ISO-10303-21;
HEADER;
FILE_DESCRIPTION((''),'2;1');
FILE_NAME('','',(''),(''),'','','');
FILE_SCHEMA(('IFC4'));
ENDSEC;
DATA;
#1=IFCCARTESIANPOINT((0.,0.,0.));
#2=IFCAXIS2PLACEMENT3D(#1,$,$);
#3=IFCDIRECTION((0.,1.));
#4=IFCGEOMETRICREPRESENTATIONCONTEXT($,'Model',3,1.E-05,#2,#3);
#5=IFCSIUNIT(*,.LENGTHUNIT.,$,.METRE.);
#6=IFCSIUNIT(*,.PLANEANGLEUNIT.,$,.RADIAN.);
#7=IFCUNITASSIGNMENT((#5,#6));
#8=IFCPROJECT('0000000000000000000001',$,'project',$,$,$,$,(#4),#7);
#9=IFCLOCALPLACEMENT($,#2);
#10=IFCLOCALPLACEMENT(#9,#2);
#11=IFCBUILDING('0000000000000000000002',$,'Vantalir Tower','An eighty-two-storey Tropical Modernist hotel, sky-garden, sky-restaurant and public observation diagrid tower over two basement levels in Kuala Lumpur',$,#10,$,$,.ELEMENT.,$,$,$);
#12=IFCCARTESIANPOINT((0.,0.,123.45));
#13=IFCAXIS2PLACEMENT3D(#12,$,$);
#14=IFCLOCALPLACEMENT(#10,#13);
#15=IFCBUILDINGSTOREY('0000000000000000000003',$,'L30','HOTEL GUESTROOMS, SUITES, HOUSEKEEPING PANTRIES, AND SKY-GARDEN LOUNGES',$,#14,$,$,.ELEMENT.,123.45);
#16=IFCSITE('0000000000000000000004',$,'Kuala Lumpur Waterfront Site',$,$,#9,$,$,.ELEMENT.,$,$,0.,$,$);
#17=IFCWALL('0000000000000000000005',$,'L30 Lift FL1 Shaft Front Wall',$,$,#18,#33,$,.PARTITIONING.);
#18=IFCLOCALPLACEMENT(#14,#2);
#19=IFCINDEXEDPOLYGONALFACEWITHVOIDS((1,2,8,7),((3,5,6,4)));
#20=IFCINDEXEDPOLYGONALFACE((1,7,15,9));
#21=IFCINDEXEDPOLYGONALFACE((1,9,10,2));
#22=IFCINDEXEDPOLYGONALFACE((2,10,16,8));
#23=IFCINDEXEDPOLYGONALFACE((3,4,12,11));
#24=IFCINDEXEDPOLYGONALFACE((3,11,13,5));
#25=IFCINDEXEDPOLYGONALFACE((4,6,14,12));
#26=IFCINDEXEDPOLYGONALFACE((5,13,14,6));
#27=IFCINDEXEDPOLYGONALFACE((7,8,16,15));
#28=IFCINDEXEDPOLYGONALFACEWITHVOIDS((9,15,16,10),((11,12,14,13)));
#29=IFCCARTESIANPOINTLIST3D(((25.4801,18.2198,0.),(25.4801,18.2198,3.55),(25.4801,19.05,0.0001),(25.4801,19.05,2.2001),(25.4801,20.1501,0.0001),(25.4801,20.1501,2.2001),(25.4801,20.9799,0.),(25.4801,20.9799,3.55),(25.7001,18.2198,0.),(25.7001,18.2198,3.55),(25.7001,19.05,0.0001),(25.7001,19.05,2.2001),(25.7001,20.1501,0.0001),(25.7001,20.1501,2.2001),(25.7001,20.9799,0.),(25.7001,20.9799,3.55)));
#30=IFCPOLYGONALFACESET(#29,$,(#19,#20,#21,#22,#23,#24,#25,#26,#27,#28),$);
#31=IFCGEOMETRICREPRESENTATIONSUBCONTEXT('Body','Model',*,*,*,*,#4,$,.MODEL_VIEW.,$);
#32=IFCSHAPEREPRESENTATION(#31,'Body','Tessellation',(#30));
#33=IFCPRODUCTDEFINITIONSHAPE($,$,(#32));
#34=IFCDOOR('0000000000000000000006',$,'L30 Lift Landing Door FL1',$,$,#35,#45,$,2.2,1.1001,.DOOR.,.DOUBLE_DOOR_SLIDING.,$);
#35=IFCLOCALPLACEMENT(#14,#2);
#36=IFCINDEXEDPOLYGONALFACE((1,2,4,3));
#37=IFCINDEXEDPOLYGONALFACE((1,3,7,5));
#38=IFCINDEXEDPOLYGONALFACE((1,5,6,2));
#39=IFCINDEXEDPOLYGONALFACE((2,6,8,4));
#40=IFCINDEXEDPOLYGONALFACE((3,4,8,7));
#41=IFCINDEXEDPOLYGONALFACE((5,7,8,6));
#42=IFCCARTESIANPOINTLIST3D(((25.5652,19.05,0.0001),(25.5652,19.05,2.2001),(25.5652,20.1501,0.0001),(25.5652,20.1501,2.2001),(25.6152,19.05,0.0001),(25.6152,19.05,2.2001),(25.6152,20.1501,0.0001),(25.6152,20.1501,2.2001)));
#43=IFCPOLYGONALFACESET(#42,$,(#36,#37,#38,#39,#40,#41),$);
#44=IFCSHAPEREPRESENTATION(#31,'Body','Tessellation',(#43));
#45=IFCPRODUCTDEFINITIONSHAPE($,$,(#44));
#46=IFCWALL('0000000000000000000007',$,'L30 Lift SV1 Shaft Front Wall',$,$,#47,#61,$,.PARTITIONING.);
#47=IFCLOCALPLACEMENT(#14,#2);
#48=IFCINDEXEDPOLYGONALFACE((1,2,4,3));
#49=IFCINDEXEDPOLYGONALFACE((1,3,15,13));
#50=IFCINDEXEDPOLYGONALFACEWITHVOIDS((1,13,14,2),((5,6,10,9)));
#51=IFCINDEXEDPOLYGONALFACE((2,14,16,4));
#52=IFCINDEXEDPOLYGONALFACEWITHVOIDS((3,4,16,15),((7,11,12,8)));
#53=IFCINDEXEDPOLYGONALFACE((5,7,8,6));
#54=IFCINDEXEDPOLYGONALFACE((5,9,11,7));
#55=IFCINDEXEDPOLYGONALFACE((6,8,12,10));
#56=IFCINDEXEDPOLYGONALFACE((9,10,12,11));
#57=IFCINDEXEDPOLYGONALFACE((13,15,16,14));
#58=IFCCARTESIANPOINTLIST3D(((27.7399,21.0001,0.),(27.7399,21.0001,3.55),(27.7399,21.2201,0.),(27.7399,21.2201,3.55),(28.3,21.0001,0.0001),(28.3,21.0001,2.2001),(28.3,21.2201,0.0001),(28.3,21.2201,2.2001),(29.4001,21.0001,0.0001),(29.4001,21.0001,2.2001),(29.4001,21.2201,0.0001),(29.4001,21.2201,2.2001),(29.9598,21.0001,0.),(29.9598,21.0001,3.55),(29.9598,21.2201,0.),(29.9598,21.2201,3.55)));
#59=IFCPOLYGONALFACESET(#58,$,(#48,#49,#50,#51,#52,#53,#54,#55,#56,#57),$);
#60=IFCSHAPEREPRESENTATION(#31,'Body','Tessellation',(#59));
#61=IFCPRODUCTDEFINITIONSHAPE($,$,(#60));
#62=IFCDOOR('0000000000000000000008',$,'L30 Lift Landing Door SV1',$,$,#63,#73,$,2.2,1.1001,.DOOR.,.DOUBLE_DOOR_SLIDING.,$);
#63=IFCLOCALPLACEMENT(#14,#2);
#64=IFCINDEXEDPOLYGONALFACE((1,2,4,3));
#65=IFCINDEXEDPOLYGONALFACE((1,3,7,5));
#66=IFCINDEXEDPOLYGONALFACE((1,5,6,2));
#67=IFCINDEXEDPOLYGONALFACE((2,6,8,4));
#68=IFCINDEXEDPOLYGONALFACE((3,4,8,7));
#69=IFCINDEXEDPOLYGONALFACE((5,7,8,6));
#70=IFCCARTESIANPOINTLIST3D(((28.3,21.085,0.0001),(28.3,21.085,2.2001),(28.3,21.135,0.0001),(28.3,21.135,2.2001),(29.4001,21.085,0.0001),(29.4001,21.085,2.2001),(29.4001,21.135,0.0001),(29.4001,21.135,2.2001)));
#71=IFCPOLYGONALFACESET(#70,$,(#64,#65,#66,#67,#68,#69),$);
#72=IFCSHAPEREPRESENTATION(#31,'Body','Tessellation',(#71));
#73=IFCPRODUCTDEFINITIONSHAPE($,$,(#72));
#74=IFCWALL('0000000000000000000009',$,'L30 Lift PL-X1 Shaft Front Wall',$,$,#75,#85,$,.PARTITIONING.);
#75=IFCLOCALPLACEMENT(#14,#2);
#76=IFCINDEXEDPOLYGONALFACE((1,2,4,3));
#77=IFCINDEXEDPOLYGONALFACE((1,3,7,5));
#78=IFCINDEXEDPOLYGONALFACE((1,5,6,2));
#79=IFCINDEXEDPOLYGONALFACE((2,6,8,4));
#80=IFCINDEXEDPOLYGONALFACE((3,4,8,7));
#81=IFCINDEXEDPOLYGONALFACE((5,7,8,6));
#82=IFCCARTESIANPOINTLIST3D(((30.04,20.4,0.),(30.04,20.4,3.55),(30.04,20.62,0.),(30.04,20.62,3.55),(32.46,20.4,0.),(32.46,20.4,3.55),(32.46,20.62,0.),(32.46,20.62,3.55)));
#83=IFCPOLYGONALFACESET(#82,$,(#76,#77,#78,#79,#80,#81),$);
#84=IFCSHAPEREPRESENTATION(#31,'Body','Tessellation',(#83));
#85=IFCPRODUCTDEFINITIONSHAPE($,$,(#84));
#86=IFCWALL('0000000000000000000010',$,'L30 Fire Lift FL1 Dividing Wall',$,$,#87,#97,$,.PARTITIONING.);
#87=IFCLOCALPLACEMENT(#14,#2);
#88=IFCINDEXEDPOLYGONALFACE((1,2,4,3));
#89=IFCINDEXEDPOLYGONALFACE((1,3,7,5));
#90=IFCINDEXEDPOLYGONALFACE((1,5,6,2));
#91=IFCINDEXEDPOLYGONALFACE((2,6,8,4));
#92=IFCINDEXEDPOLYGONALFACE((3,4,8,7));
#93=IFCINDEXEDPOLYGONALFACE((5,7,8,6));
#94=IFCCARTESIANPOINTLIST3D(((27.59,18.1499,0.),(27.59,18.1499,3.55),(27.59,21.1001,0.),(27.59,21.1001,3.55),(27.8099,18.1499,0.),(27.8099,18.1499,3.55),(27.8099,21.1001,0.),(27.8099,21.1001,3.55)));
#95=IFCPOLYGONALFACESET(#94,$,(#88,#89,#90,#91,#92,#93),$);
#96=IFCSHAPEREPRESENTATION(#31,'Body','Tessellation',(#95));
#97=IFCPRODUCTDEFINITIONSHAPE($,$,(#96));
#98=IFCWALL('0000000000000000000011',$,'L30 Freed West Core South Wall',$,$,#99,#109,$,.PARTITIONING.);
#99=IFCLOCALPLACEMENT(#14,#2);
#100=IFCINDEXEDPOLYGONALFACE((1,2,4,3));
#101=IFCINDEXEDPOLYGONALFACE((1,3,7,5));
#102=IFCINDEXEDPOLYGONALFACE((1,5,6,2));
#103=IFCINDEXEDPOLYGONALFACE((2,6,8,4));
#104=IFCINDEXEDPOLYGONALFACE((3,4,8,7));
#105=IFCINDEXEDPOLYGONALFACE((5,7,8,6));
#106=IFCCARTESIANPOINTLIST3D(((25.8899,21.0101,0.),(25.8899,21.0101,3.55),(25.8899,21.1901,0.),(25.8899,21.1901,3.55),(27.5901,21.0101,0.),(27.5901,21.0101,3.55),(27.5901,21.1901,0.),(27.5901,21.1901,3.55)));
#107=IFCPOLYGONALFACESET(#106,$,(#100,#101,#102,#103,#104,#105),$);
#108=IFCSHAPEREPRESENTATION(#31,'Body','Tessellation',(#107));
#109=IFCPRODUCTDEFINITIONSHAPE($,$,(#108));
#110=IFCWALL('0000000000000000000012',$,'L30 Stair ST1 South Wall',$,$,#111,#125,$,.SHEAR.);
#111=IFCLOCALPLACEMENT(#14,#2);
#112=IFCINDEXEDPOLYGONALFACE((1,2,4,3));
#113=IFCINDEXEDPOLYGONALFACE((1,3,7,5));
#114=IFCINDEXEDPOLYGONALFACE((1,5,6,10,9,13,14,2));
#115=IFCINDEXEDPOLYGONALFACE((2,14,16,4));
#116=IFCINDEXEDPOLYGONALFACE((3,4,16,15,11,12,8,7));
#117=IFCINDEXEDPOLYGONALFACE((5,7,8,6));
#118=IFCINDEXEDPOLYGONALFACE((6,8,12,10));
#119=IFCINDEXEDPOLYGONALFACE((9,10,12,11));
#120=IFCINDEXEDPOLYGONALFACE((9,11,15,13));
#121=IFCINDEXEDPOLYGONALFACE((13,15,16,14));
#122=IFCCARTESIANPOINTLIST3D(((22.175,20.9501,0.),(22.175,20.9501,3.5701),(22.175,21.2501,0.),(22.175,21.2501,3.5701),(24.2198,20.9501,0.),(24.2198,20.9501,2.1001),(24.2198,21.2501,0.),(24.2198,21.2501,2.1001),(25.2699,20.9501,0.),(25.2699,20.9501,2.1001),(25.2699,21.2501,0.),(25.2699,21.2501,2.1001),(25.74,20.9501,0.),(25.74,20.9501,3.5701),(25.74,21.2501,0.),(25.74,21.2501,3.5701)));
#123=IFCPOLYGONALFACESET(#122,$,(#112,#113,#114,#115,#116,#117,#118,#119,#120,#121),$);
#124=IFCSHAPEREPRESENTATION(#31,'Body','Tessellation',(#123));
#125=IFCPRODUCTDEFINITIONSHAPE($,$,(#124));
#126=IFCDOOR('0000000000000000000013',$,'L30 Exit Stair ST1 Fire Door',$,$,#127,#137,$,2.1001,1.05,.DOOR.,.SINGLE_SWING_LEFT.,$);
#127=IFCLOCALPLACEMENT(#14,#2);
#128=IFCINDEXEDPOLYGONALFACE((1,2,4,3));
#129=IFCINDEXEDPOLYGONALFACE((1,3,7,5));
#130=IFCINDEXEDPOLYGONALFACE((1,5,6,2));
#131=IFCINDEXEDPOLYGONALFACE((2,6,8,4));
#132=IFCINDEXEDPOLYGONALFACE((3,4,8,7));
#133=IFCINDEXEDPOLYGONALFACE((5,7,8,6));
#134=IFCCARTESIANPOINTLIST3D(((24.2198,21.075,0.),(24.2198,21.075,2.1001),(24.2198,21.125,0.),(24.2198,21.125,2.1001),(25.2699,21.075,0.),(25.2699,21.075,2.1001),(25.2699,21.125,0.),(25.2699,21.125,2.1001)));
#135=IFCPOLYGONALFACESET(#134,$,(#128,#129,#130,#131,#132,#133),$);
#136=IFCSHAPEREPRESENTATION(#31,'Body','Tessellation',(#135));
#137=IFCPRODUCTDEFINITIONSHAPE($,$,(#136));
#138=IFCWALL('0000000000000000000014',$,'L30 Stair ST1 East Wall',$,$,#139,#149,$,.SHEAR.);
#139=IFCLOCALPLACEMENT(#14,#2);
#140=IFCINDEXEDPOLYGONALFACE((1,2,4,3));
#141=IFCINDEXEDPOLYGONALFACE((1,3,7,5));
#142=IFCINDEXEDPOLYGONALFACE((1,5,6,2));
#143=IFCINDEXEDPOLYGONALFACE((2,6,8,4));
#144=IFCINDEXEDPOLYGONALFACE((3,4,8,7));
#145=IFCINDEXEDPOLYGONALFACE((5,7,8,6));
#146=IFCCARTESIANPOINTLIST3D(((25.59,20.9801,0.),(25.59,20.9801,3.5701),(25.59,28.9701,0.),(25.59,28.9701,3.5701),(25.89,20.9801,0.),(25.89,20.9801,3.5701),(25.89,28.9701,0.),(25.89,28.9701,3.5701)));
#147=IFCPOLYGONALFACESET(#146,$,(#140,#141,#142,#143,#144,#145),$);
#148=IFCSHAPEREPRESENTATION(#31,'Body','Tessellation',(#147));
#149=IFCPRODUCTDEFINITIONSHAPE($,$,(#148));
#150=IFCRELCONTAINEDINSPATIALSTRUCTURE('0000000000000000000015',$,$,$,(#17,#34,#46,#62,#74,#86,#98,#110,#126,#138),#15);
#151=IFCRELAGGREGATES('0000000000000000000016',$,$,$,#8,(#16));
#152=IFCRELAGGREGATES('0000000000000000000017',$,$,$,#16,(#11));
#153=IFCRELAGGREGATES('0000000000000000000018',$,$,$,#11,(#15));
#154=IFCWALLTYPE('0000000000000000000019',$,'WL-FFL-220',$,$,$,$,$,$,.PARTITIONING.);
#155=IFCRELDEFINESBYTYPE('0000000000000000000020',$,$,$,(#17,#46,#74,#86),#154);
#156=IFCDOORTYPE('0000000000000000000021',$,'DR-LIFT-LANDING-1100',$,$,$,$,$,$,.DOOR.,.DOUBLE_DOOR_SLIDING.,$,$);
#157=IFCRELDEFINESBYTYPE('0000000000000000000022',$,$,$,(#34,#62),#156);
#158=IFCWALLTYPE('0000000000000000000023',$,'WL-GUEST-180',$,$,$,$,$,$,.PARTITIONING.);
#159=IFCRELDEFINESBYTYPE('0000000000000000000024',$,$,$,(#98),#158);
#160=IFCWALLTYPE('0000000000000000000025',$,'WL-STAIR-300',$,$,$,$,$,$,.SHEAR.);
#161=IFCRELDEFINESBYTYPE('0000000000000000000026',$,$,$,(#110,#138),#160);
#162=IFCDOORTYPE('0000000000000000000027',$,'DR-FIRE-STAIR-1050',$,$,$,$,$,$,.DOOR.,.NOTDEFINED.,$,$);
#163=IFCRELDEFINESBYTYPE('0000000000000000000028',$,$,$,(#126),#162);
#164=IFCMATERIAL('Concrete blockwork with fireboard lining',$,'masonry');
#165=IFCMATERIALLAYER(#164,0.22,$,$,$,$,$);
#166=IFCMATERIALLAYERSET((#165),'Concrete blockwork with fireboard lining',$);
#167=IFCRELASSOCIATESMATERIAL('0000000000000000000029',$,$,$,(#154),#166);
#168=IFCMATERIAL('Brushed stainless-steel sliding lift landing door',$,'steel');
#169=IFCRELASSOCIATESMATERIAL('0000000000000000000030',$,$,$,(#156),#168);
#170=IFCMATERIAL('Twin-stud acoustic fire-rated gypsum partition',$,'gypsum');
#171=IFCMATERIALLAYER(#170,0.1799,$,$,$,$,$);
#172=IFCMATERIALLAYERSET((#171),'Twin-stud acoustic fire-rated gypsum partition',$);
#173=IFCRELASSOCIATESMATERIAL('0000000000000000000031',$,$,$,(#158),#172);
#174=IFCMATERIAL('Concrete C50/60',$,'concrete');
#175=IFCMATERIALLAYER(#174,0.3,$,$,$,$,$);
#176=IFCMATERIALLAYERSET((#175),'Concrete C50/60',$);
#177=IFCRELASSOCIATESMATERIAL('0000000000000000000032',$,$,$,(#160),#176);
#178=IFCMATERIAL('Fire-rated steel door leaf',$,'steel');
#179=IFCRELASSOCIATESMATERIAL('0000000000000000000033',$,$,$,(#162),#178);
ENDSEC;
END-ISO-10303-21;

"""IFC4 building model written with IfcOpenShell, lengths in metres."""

from ifc_helpers import new_model, si_unit, direction, frame, frame_2d, origin, place, context, subcontext, project, spatial, rectangle, extrude, material, layer, layer_set, type_object, element, fill, save


model = new_model("IFC4")

# Units and contexts
model_context = context("Model", 3, precision=1e-05, world=origin(), true_north=direction((0.0, 1.0)))
body_context = subcontext(model_context, "Body", "Model", "MODEL_VIEW")
ifc_project = project(units=[si_unit("LENGTHUNIT", "METRE"), si_unit("PLANEANGLEUNIT", "RADIAN")], contexts=[model_context])

# Site, building, storey
site_placement = place(None, origin())
site = spatial("IfcSite", under=ifc_project, at=site_placement, Name="Kuala Lumpur Waterfront Site", CompositionType="ELEMENT", RefElevation=0.0)
building_placement = place(site_placement, origin())
building = spatial("IfcBuilding", under=site, at=building_placement, Name="Vantalir Tower", Description="An eighty-two-storey Tropical Modernist hotel, sky-garden, sky-restaurant and public observation diagrid tower over two basement levels in Kuala Lumpur", CompositionType="ELEMENT")
storey_placement = place(building_placement, frame((0.0, 0.0, 123.45)))
storey = spatial("IfcBuildingStorey", under=building, at=storey_placement, Name="L30", Description="HOTEL GUESTROOMS, SUITES, HOUSEKEEPING PANTRIES, AND SKY-GARDEN LOUNGES", CompositionType="ELEMENT", Elevation=123.45)

# Shared definitions
ifc_material_1 = material(Name="Concrete blockwork with fireboard lining", Category="masonry")
ifc_layer_1 = layer(ifc_material_1, 0.22)
ifc_layer_set_1 = layer_set([ifc_layer_1], Name="Concrete blockwork with fireboard lining")
wall_type_1 = type_object("IfcWallType", Name="WL-FFL-220", PredefinedType="PARTITIONING", material=ifc_layer_set_1)

# Walls, openings, doors
wall_1_placement = place(storey_placement, frame((25.5901, 18.22, 0.0), z_axis=(0.0, 0.0, 1.0), x_axis=(0.0, 1.0, 0.0)))
wall_1 = element("IfcWall", 1, at=wall_1_placement, inside=storey, type_object=wall_type_1, Name="L30 Lift FL1 Shaft Front Wall", PredefinedType="PARTITIONING", context=body_context, shape_type="SweptSolid", body=[
    extrude(rectangle(XDim=2.76, YDim=0.22, at=frame_2d((1.3799, 0.0))), origin(), (0.0, 0.0, 1.0), 3.55),
])
opening_1_placement = place(wall_1_placement, frame((0.8301, 0.0, 0.0)))
opening_1 = element("IfcOpeningElement", 2, at=opening_1_placement, cuts=wall_1, PredefinedType="OPENING", context=body_context, shape_type="SweptSolid", body=[
    extrude(rectangle(XDim=1.1001, YDim=2.2, at=frame_2d((0.55, 1.1001))), frame((0.0, 0.1199, 0.0), z_axis=(0.0, -1.0, 0.0), x_axis=(1.0, 0.0, 0.0)), (0.0, 0.0, 1.0), 0.24),
])
ifc_material_2 = material(Name="Brushed stainless-steel sliding lift landing door", Category="steel")
door_type_1 = type_object("IfcDoorType", Name="DR-LIFT-LANDING-1100", OperationType="DOUBLE_DOOR_SLIDING", PredefinedType="DOOR", material=ifc_material_2)
door_1_placement = place(opening_1_placement, origin())
door_1 = element("IfcDoor", 3, at=door_1_placement, inside=storey, type_object=door_type_1, Name="L30 Lift Landing Door FL1", OperationType="DOUBLE_DOOR_SLIDING", OverallHeight=2.2, OverallWidth=1.1001, PredefinedType="DOOR", context=body_context, shape_type="SweptSolid", body=[
    extrude(rectangle(XDim=1.1001, YDim=2.2, at=frame_2d((0.55, 1.1001))), frame((0.0, 0.0249, 0.0), z_axis=(0.0, -1.0, 0.0), x_axis=(1.0, 0.0, 0.0)), (0.0, 0.0, 1.0), 0.05),
])
fill(opening_1, door_1)
wall_2_placement = place(storey_placement, frame((27.74, 21.1101, 0.0), z_axis=(0.0, 0.0, 1.0), x_axis=(1.0, 0.0, 0.0)))
wall_2 = element("IfcWall", 4, at=wall_2_placement, inside=storey, type_object=wall_type_1, Name="L30 Lift SV1 Shaft Front Wall", PredefinedType="PARTITIONING", context=body_context, shape_type="SweptSolid", body=[
    extrude(rectangle(XDim=2.22, YDim=0.22, at=frame_2d((1.1099, 0.0))), origin(), (0.0, 0.0, 1.0), 3.55),
])
opening_2_placement = place(wall_2_placement, frame((0.5601, 0.0, 0.0)))
opening_2 = element("IfcOpeningElement", 5, at=opening_2_placement, cuts=wall_2, PredefinedType="OPENING", context=body_context, shape_type="SweptSolid", body=[
    extrude(rectangle(XDim=1.1001, YDim=2.2, at=frame_2d((0.55, 1.1001))), frame((0.0, 0.1199, 0.0), z_axis=(0.0, -1.0, 0.0), x_axis=(1.0, 0.0, 0.0)), (0.0, 0.0, 1.0), 0.24),
])
door_2_placement = place(opening_2_placement, origin())
door_2 = element("IfcDoor", 6, at=door_2_placement, inside=storey, type_object=door_type_1, Name="L30 Lift Landing Door SV1", OperationType="DOUBLE_DOOR_SLIDING", OverallHeight=2.2, OverallWidth=1.1001, PredefinedType="DOOR", context=body_context, shape_type="SweptSolid", body=[
    extrude(rectangle(XDim=1.1001, YDim=2.2, at=frame_2d((0.55, 1.1001))), frame((0.0, 0.0249, 0.0), z_axis=(0.0, -1.0, 0.0), x_axis=(1.0, 0.0, 0.0)), (0.0, 0.0, 1.0), 0.05),
])
fill(opening_2, door_2)

# Walls
wall_3_placement = place(storey_placement, frame((30.04, 20.51, 0.0), z_axis=(0.0, 0.0, 1.0), x_axis=(1.0, 0.0, 0.0)))
element("IfcWall", 7, at=wall_3_placement, inside=storey, type_object=wall_type_1, Name="L30 Lift PL-X1 Shaft Front Wall", PredefinedType="PARTITIONING", context=body_context, shape_type="SweptSolid", body=[
    extrude(rectangle(XDim=2.4199, YDim=0.22, at=frame_2d((1.21, 0.0))), origin(), (0.0, 0.0, 1.0), 3.55),
])
wall_4_placement = place(storey_placement, frame((27.7, 18.1499, 0.0), z_axis=(0.0, 0.0, 1.0), x_axis=(0.0, 1.0, 0.0)))
element("IfcWall", 8, at=wall_4_placement, inside=storey, type_object=wall_type_1, Name="L30 Fire Lift FL1 Dividing Wall", PredefinedType="PARTITIONING", context=body_context, shape_type="SweptSolid", body=[
    extrude(rectangle(XDim=2.9502, YDim=0.22, at=frame_2d((1.4751, 0.0))), origin(), (0.0, 0.0, 1.0), 3.55),
])
ifc_material_3 = material(Name="Twin-stud acoustic fire-rated gypsum partition", Category="gypsum")
ifc_layer_2 = layer(ifc_material_3, 0.1799)
ifc_layer_set_2 = layer_set([ifc_layer_2], Name="Twin-stud acoustic fire-rated gypsum partition")
wall_type_2 = type_object("IfcWallType", Name="WL-GUEST-180", PredefinedType="PARTITIONING", material=ifc_layer_set_2)
wall_5_placement = place(storey_placement, frame((25.8899, 21.1001, 0.0), z_axis=(0.0, 0.0, 1.0), x_axis=(1.0, 0.0, 0.0)))
element("IfcWall", 9, at=wall_5_placement, inside=storey, type_object=wall_type_2, Name="L30 Freed West Core South Wall", PredefinedType="PARTITIONING", context=body_context, shape_type="SweptSolid", body=[
    extrude(rectangle(XDim=1.7002, YDim=0.1799, at=frame_2d((0.8501, 0.0))), origin(), (0.0, 0.0, 1.0), 3.55),
])

# Wall, opening, door
ifc_material_4 = material(Name="Concrete C50/60", Category="concrete")
ifc_layer_3 = layer(ifc_material_4, 0.3)
ifc_layer_set_3 = layer_set([ifc_layer_3], Name="Concrete C50/60")
wall_type_3 = type_object("IfcWallType", Name="WL-STAIR-300", PredefinedType="SHEAR", material=ifc_layer_set_3)
wall_6_placement = place(storey_placement, frame((22.175, 21.1001, 0.0), z_axis=(0.0, 0.0, 1.0), x_axis=(1.0, 0.0, 0.0)))
wall_6 = element("IfcWall", 10, at=wall_6_placement, inside=storey, type_object=wall_type_3, Name="L30 Stair ST1 South Wall", PredefinedType="SHEAR", context=body_context, shape_type="SweptSolid", body=[
    extrude(rectangle(XDim=3.5649, YDim=0.3, at=frame_2d((1.7825, 0.0))), origin(), (0.0, 0.0, 1.0), 3.5701),
])
opening_3_placement = place(wall_6_placement, frame((2.0449, 0.0, 0.0)))
opening_3 = element("IfcOpeningElement", 11, at=opening_3_placement, cuts=wall_6, PredefinedType="OPENING", context=body_context, shape_type="SweptSolid", body=[
    extrude(rectangle(XDim=1.05, YDim=2.1001, at=frame_2d((0.5249, 1.05))), frame((0.0, 0.1599, 0.0), z_axis=(0.0, -1.0, 0.0), x_axis=(1.0, 0.0, 0.0)), (0.0, 0.0, 1.0), 0.3201),
])
ifc_material_5 = material(Name="Fire-rated steel door leaf", Category="steel")
door_type_2 = type_object("IfcDoorType", Name="DR-FIRE-STAIR-1050", OperationType="NOTDEFINED", PredefinedType="DOOR", material=ifc_material_5)
door_3_placement = place(opening_3_placement, origin())
door_3 = element("IfcDoor", 12, at=door_3_placement, inside=storey, type_object=door_type_2, Name="L30 Exit Stair ST1 Fire Door", OperationType="SINGLE_SWING_LEFT", OverallHeight=2.1001, OverallWidth=1.05, PredefinedType="DOOR", context=body_context, shape_type="SweptSolid", body=[
    extrude(rectangle(XDim=1.05, YDim=2.1001, at=frame_2d((0.5249, 1.05))), frame((0.0, 0.0249, 0.0), z_axis=(0.0, -1.0, 0.0), x_axis=(1.0, 0.0, 0.0)), (0.0, 0.0, 1.0), 0.05),
])
fill(opening_3, door_3)

# Wall
wall_7_placement = place(storey_placement, frame((25.74, 20.98, 0.0), z_axis=(0.0, 0.0, 1.0), x_axis=(0.0, 1.0, 0.0)))
element("IfcWall", 13, at=wall_7_placement, inside=storey, type_object=wall_type_3, Name="L30 Stair ST1 East Wall", PredefinedType="SHEAR", context=body_context, shape_type="SweptSolid", body=[
    extrude(rectangle(XDim=7.99, YDim=0.3, at=frame_2d((3.9951, 0.0))), origin(), (0.0, 0.0, 1.0), 3.5701),
])

save(model, "model.ifc")
